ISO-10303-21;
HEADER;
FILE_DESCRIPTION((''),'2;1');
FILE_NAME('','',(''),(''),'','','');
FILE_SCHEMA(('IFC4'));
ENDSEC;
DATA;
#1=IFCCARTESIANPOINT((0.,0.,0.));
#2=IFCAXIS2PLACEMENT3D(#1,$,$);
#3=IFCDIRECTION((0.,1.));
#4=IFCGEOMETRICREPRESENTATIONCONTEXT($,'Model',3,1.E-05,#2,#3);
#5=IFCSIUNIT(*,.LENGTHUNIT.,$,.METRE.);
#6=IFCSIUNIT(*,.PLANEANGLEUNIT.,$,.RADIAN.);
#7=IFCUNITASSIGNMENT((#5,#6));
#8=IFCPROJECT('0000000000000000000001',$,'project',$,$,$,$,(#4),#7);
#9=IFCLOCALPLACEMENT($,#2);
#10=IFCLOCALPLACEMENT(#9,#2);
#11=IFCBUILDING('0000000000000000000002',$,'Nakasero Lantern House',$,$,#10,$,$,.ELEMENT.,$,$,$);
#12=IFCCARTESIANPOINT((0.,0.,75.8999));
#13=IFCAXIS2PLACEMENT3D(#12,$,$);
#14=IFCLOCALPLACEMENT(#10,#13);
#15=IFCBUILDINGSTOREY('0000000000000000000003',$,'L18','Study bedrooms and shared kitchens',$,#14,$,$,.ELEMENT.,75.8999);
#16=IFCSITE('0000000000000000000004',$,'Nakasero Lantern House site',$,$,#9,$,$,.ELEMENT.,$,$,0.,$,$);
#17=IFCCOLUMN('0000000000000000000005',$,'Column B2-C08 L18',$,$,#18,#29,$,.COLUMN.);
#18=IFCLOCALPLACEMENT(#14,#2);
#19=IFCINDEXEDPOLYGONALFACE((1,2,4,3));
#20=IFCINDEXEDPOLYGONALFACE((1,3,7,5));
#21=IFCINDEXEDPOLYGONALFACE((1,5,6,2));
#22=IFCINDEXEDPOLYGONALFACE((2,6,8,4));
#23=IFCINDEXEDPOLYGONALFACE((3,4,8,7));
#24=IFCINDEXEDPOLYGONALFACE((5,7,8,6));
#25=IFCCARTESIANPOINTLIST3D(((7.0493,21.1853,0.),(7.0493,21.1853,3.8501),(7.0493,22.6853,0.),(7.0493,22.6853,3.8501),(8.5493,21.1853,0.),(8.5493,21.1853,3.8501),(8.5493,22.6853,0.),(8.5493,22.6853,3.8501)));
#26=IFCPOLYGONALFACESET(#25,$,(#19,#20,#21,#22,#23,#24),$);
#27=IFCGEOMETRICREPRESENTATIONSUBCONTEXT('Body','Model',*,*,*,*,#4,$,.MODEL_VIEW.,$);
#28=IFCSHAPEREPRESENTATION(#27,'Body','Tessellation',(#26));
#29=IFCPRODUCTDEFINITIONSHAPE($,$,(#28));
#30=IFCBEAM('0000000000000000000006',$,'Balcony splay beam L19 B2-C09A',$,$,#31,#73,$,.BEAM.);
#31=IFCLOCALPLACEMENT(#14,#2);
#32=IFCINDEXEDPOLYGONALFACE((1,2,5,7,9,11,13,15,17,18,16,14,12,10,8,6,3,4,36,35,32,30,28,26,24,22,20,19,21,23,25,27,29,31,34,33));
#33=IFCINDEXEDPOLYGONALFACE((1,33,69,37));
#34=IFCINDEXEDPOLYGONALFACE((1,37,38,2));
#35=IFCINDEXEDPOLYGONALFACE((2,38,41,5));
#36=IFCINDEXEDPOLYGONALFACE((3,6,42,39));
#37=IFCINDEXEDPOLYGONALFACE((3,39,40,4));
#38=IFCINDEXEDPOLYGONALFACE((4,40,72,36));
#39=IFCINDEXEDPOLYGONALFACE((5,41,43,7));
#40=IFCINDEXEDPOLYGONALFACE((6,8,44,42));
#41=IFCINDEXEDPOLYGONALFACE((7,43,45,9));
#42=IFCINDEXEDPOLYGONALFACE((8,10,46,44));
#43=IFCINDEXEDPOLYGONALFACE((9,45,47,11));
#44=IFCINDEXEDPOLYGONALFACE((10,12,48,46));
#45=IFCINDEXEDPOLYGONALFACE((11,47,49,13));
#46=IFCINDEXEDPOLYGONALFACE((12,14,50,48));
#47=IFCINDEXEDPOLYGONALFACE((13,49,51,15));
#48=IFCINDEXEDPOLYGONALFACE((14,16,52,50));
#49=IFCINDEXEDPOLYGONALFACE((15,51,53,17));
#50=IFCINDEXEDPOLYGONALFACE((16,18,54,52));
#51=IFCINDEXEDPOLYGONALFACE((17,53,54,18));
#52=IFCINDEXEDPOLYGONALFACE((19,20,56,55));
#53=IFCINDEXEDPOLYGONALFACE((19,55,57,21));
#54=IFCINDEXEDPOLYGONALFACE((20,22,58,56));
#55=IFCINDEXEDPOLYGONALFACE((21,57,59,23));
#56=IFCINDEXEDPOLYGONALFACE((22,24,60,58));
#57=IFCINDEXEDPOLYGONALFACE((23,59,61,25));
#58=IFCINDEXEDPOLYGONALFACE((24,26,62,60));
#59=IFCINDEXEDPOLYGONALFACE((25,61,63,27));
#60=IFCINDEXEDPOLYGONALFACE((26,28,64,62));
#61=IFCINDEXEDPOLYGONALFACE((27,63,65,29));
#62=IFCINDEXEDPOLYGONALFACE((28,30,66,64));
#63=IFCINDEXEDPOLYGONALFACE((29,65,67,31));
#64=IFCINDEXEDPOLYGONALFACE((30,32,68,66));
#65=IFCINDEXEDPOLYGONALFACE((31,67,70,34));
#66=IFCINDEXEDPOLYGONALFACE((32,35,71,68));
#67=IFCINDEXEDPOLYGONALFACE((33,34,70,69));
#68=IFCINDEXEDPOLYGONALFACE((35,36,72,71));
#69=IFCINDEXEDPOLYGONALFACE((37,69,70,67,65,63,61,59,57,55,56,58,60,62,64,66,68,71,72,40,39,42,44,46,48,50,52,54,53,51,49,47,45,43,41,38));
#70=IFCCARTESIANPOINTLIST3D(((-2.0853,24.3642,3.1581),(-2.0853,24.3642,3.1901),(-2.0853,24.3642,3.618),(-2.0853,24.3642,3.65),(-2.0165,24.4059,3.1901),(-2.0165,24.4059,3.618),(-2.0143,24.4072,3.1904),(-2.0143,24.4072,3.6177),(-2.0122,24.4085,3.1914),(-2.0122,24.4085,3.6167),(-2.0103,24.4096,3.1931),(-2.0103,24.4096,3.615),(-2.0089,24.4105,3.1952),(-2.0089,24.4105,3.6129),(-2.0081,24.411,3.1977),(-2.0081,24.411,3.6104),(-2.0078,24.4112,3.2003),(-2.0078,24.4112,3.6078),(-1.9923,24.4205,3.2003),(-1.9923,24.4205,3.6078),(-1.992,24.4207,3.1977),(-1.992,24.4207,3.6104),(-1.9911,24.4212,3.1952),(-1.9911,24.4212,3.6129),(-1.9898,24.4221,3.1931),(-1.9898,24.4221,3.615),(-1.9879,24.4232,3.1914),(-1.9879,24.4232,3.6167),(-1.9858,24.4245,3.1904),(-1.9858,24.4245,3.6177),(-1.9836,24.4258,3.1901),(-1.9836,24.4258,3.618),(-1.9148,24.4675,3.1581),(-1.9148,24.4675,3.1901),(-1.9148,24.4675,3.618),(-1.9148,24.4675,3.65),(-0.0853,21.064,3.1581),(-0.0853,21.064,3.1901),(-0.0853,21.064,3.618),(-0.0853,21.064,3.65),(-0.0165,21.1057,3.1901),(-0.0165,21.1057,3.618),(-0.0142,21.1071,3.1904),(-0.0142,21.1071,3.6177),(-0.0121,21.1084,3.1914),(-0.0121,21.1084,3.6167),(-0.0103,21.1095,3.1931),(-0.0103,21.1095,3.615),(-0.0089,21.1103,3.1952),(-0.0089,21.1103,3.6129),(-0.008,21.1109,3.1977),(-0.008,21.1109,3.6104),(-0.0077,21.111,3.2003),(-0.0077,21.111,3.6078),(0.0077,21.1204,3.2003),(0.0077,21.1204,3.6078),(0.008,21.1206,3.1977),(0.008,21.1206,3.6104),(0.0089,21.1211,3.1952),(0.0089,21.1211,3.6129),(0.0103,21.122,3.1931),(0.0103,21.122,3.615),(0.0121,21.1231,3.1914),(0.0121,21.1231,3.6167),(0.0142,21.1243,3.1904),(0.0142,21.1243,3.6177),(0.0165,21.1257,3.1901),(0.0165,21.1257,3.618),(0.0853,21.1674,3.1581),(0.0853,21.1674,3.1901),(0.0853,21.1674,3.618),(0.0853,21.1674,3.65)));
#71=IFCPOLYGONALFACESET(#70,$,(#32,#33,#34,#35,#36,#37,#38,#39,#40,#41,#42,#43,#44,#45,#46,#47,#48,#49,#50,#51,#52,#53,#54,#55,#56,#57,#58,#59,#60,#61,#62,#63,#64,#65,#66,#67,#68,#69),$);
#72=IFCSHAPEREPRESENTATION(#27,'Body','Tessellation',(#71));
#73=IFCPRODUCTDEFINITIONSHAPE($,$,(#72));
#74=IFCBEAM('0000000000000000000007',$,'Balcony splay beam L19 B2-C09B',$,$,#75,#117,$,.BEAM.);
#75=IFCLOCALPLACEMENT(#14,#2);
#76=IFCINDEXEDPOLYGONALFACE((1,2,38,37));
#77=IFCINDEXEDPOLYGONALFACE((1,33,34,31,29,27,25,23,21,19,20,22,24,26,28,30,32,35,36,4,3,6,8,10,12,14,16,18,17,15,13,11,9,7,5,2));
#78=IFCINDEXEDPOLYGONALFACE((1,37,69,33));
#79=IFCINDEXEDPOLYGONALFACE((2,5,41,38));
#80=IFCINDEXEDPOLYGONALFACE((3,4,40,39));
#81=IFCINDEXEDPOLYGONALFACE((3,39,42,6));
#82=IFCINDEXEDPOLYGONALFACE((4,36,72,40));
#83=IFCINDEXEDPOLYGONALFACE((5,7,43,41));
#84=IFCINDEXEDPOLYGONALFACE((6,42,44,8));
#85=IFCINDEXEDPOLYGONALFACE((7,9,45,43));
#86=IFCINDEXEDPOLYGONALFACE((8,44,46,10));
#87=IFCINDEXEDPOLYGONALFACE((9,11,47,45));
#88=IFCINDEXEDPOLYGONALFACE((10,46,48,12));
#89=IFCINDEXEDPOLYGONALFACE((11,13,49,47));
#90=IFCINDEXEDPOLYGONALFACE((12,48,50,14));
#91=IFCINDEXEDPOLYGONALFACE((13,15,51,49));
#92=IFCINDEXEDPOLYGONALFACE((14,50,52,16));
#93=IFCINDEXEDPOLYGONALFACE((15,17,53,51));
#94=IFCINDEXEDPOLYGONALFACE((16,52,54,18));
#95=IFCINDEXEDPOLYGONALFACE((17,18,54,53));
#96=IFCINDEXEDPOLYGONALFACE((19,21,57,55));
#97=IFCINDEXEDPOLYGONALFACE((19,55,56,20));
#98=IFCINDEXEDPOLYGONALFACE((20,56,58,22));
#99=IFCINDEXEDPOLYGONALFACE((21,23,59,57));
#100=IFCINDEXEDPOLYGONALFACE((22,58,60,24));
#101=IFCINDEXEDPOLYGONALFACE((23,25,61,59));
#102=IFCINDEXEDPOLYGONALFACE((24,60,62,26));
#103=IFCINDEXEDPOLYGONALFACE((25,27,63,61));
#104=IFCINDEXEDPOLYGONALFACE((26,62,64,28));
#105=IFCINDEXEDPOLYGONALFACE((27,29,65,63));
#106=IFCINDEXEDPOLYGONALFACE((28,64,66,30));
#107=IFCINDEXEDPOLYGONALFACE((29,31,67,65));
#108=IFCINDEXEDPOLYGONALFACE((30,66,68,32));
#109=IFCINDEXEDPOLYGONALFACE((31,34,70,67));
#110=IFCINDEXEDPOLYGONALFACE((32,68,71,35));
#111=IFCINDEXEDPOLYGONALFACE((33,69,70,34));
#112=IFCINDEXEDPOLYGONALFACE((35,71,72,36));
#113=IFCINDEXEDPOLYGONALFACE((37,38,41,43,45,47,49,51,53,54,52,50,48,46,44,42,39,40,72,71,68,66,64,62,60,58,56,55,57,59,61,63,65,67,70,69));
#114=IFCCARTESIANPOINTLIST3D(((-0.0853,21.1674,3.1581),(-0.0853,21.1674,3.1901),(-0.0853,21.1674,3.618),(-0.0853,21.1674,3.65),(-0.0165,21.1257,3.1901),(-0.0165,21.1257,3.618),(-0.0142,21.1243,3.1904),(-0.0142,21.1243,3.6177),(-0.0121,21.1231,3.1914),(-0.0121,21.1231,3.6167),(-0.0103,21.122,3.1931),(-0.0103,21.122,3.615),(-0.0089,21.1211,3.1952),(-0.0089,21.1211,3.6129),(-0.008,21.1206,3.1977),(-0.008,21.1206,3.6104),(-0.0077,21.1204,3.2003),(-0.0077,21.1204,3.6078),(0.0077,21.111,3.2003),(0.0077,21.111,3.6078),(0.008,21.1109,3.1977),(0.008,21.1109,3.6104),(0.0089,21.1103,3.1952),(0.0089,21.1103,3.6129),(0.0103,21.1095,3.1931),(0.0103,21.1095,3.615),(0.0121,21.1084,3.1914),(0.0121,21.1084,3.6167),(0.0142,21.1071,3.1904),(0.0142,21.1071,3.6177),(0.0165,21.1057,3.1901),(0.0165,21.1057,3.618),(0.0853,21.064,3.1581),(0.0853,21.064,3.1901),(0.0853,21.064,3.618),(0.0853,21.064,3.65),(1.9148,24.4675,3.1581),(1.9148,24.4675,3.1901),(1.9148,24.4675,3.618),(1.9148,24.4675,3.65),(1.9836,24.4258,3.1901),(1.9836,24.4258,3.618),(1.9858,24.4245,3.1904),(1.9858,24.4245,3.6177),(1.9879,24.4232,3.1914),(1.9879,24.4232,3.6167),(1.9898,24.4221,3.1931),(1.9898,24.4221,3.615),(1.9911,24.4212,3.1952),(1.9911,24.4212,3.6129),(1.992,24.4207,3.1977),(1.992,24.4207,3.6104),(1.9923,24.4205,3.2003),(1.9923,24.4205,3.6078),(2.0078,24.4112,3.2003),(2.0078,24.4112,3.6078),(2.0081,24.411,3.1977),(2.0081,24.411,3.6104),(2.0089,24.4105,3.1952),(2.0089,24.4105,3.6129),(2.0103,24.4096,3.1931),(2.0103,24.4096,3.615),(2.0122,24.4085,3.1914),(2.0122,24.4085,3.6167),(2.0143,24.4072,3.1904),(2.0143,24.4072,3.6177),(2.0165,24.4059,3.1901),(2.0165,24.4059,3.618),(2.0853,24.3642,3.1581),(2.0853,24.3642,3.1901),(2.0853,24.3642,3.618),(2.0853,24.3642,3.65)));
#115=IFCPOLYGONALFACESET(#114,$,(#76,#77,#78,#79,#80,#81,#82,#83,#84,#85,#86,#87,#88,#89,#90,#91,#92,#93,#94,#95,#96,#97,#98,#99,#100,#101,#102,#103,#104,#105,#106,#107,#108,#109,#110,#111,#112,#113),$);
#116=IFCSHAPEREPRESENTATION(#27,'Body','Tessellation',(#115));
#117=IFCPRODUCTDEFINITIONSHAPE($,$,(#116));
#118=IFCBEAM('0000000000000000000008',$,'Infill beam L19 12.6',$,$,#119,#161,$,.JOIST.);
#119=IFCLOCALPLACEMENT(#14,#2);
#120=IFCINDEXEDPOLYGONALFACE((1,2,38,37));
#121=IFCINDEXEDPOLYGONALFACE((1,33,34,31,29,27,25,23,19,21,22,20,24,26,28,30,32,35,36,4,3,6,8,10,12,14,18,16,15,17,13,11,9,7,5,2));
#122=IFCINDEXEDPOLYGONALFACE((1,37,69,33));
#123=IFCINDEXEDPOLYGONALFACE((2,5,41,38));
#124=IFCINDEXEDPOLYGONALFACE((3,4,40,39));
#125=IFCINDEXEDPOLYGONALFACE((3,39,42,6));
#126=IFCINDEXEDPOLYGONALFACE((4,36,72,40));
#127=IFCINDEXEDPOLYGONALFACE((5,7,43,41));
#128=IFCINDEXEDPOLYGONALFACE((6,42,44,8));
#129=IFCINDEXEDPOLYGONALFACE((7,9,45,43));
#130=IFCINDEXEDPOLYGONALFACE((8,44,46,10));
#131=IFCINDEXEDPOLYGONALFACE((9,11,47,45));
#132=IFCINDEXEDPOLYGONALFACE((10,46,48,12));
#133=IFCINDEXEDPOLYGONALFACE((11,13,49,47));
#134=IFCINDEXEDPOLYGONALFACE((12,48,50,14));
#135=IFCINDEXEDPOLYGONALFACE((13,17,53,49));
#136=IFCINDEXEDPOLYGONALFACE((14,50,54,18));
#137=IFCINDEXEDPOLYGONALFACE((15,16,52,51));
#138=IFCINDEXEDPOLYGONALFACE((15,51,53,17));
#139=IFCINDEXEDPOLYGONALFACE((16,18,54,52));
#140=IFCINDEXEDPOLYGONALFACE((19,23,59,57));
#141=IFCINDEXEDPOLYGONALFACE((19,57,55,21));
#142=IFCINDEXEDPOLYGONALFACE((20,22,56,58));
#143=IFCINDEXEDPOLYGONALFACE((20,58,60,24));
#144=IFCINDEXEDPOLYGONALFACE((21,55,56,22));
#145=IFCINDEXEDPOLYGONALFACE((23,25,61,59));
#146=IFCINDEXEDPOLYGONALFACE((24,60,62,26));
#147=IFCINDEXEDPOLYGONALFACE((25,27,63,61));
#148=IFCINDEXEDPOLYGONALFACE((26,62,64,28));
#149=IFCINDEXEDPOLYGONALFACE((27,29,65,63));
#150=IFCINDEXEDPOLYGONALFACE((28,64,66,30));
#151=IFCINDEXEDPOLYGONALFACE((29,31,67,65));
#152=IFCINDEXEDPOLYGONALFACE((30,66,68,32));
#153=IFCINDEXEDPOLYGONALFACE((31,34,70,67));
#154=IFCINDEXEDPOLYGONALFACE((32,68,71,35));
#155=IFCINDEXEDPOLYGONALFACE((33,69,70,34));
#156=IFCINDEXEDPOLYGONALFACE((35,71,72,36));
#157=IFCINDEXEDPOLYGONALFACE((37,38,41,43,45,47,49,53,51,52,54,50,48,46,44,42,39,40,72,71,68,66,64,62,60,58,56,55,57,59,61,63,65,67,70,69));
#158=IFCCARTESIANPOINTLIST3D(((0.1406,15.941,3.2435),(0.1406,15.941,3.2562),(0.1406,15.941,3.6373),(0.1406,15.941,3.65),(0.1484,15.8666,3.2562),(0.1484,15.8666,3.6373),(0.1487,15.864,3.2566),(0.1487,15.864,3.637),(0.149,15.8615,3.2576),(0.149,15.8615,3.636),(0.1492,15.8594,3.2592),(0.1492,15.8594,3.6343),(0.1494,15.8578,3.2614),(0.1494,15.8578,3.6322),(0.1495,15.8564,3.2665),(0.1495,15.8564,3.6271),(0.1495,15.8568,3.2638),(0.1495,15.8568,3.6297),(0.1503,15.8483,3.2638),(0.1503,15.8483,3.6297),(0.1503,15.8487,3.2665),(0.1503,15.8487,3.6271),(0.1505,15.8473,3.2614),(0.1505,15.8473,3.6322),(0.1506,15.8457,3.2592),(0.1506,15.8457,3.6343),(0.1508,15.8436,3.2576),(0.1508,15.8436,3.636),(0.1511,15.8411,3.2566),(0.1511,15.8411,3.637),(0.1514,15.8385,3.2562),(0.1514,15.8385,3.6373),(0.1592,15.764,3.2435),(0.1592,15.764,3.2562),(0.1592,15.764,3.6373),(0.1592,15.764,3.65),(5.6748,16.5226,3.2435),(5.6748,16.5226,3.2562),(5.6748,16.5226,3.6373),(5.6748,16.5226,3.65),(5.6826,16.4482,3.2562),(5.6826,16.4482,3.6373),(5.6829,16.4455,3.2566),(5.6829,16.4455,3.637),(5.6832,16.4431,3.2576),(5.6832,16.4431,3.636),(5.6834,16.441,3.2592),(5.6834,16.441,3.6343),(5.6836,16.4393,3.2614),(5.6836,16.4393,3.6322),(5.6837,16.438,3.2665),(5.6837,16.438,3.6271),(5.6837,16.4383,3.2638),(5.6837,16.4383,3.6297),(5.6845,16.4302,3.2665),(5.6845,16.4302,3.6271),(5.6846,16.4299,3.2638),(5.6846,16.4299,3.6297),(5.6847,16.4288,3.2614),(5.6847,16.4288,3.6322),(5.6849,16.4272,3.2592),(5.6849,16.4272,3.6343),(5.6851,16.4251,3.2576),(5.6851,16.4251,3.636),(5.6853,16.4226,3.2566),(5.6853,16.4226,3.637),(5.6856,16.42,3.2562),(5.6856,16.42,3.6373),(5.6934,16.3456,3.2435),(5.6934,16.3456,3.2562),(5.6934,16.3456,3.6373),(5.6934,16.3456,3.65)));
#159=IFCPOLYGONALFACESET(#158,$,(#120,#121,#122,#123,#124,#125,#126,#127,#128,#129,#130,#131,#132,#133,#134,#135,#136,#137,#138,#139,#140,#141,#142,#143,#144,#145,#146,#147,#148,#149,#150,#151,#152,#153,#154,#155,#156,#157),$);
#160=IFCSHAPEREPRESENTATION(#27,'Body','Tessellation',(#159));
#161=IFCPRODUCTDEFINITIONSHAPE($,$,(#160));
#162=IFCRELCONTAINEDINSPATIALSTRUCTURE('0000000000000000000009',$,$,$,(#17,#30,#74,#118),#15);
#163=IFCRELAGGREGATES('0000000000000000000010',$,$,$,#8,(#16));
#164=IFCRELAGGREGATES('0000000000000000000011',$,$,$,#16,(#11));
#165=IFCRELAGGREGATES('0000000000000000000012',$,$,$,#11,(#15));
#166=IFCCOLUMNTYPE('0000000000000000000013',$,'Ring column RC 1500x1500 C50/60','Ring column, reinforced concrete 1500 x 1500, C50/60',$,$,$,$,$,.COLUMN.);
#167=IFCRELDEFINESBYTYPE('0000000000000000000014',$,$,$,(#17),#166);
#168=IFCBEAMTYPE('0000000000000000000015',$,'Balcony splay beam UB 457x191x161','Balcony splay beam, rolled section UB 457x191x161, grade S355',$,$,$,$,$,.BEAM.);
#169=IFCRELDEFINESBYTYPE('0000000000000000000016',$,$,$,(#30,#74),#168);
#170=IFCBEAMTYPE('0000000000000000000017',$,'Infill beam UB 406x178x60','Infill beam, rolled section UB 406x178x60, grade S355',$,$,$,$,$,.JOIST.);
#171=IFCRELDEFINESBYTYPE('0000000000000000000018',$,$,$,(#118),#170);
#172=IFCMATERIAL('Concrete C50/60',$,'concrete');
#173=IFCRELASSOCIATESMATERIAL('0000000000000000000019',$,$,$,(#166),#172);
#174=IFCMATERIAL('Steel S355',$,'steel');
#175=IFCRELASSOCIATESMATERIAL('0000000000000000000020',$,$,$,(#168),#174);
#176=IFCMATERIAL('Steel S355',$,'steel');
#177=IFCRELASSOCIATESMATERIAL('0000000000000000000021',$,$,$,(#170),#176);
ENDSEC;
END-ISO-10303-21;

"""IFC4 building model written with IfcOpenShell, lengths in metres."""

from ifc_helpers import new_model, si_unit, direction, frame, origin, origin_2d, place, context, subcontext, project, spatial, rectangle, i_section, extrude, material, material_profile, profile_set, type_object, element, save


model = new_model("IFC4")

# Units and contexts
model_context = context("Model", 3, precision=1e-05, world=origin(), true_north=direction((0.0, 1.0)))
body_context = subcontext(model_context, "Body", "Model", "MODEL_VIEW")
ifc_project = project(units=[si_unit("LENGTHUNIT", "METRE"), si_unit("PLANEANGLEUNIT", "RADIAN")], contexts=[model_context])

# Site, building, storey
site_placement = place(None, origin())
site = spatial("IfcSite", under=ifc_project, at=site_placement, Name="Nakasero Lantern House site", CompositionType="ELEMENT", RefElevation=0.0)
building_placement = place(site_placement, origin())
building = spatial("IfcBuilding", under=site, at=building_placement, Name="Nakasero Lantern House", CompositionType="ELEMENT")
storey_placement = place(building_placement, frame((0.0, 0.0, 75.8999)))
storey = spatial("IfcBuildingStorey", under=building, at=storey_placement, Name="L18", Description="Study bedrooms and shared kitchens", CompositionType="ELEMENT", Elevation=75.8999)

# Column
ifc_material_1 = material(Name="Concrete C50/60", Category="concrete")
ifc_material_profile_1 = material_profile(ifc_material_1, rectangle(XDim=1.5, YDim=1.5, at=origin_2d()), Name="RC 1500x1500")
ifc_profile_set_1 = profile_set([ifc_material_profile_1], Name="Concrete C50/60")
column_type = type_object("IfcColumnType", Name="Ring column RC 1500x1500 C50/60", Description="Ring column, reinforced concrete 1500 x 1500, C50/60", PredefinedType="COLUMN", material=ifc_profile_set_1)
column_placement = place(storey_placement, frame((7.7993, 21.9353, 0.0), z_axis=(0.0, 0.0, 1.0), x_axis=(1.0, 0.0, 0.0)))
element("IfcColumn", 1, at=column_placement, inside=storey, type_object=column_type, Name="Column B2-C08 L18", PredefinedType="COLUMN", context=body_context, shape_type="SweptSolid", body=[
    extrude(rectangle(XDim=1.5, YDim=1.5, at=origin_2d()), origin(), (0.0, 0.0, 1.0), 3.8501),
])

# Beams
ifc_material_2 = material(Name="Steel S355", Category="steel")
ifc_material_profile_2 = material_profile(ifc_material_2, i_section(OverallWidth=0.1995, OverallDepth=0.4919, WebThickness=0.0181, FlangeThickness=0.032, FilletRadius=0.0103, at=origin_2d()), Name="UB 457x191x161")
ifc_profile_set_2 = profile_set([ifc_material_profile_2], Name="Steel S355")
beam_type_1 = type_object("IfcBeamType", Name="Balcony splay beam UB 457x191x161", Description="Balcony splay beam, rolled section UB 457x191x161, grade S355", PredefinedType="BEAM", material=ifc_profile_set_2)
for number, where, z_axis, x_axis, name in (
    (2, (0.0, 21.1157, 3.4041), (-0.518296, 0.855201, 0.0), (-0.855201, -0.518296, 0.0), "Balcony splay beam L19 B2-C09A"),
    (3, (0.0, 21.1157, 3.4041), (0.518296, 0.855201, 0.0), (-0.855201, 0.518296, 0.0), "Balcony splay beam L19 B2-C09B"),
):
    element("IfcBeam", number, at=place(storey_placement, frame(where, z_axis=z_axis, x_axis=x_axis)), inside=storey, type_object=beam_type_1, Name=name, PredefinedType="BEAM", context=body_context, shape_type="SweptSolid", body=[
        extrude(i_section(OverallWidth=0.1995, OverallDepth=0.4919, WebThickness=0.0181, FlangeThickness=0.032, FilletRadius=0.0103, at=origin_2d()), origin(), (0.0, 0.0, 1.0), 3.8589),
    ])
ifc_material_3 = material(Name="Steel S355", Category="steel")
ifc_material_profile_3 = material_profile(ifc_material_3, i_section(OverallWidth=0.178, OverallDepth=0.4065, WebThickness=0.0078, FlangeThickness=0.0127, FilletRadius=0.0103, at=origin_2d()), Name="UB 406x178x60")
ifc_profile_set_3 = profile_set([ifc_material_profile_3], Name="Steel S355")
beam_type_2 = type_object("IfcBeamType", Name="Infill beam UB 406x178x60", Description="Infill beam, rolled section UB 406x178x60, grade S355", PredefinedType="JOIST", material=ifc_profile_set_3)
beam_1_placement = place(storey_placement, frame((0.1499, 15.8525, 3.4468), z_axis=(0.994524, 0.104507, 0.0), x_axis=(-0.104507, 0.994524, 0.0)))
element("IfcBeam", 4, at=beam_1_placement, inside=storey, type_object=beam_type_2, Name="Infill beam L19 12.6", PredefinedType="JOIST", context=body_context, shape_type="SweptSolid", body=[
    extrude(i_section(OverallWidth=0.178, OverallDepth=0.4065, WebThickness=0.0078, FlangeThickness=0.0127, FilletRadius=0.0103, at=origin_2d()), origin(), (0.0, 0.0, 1.0), 5.5647),
])

save(model, "model.ifc")
